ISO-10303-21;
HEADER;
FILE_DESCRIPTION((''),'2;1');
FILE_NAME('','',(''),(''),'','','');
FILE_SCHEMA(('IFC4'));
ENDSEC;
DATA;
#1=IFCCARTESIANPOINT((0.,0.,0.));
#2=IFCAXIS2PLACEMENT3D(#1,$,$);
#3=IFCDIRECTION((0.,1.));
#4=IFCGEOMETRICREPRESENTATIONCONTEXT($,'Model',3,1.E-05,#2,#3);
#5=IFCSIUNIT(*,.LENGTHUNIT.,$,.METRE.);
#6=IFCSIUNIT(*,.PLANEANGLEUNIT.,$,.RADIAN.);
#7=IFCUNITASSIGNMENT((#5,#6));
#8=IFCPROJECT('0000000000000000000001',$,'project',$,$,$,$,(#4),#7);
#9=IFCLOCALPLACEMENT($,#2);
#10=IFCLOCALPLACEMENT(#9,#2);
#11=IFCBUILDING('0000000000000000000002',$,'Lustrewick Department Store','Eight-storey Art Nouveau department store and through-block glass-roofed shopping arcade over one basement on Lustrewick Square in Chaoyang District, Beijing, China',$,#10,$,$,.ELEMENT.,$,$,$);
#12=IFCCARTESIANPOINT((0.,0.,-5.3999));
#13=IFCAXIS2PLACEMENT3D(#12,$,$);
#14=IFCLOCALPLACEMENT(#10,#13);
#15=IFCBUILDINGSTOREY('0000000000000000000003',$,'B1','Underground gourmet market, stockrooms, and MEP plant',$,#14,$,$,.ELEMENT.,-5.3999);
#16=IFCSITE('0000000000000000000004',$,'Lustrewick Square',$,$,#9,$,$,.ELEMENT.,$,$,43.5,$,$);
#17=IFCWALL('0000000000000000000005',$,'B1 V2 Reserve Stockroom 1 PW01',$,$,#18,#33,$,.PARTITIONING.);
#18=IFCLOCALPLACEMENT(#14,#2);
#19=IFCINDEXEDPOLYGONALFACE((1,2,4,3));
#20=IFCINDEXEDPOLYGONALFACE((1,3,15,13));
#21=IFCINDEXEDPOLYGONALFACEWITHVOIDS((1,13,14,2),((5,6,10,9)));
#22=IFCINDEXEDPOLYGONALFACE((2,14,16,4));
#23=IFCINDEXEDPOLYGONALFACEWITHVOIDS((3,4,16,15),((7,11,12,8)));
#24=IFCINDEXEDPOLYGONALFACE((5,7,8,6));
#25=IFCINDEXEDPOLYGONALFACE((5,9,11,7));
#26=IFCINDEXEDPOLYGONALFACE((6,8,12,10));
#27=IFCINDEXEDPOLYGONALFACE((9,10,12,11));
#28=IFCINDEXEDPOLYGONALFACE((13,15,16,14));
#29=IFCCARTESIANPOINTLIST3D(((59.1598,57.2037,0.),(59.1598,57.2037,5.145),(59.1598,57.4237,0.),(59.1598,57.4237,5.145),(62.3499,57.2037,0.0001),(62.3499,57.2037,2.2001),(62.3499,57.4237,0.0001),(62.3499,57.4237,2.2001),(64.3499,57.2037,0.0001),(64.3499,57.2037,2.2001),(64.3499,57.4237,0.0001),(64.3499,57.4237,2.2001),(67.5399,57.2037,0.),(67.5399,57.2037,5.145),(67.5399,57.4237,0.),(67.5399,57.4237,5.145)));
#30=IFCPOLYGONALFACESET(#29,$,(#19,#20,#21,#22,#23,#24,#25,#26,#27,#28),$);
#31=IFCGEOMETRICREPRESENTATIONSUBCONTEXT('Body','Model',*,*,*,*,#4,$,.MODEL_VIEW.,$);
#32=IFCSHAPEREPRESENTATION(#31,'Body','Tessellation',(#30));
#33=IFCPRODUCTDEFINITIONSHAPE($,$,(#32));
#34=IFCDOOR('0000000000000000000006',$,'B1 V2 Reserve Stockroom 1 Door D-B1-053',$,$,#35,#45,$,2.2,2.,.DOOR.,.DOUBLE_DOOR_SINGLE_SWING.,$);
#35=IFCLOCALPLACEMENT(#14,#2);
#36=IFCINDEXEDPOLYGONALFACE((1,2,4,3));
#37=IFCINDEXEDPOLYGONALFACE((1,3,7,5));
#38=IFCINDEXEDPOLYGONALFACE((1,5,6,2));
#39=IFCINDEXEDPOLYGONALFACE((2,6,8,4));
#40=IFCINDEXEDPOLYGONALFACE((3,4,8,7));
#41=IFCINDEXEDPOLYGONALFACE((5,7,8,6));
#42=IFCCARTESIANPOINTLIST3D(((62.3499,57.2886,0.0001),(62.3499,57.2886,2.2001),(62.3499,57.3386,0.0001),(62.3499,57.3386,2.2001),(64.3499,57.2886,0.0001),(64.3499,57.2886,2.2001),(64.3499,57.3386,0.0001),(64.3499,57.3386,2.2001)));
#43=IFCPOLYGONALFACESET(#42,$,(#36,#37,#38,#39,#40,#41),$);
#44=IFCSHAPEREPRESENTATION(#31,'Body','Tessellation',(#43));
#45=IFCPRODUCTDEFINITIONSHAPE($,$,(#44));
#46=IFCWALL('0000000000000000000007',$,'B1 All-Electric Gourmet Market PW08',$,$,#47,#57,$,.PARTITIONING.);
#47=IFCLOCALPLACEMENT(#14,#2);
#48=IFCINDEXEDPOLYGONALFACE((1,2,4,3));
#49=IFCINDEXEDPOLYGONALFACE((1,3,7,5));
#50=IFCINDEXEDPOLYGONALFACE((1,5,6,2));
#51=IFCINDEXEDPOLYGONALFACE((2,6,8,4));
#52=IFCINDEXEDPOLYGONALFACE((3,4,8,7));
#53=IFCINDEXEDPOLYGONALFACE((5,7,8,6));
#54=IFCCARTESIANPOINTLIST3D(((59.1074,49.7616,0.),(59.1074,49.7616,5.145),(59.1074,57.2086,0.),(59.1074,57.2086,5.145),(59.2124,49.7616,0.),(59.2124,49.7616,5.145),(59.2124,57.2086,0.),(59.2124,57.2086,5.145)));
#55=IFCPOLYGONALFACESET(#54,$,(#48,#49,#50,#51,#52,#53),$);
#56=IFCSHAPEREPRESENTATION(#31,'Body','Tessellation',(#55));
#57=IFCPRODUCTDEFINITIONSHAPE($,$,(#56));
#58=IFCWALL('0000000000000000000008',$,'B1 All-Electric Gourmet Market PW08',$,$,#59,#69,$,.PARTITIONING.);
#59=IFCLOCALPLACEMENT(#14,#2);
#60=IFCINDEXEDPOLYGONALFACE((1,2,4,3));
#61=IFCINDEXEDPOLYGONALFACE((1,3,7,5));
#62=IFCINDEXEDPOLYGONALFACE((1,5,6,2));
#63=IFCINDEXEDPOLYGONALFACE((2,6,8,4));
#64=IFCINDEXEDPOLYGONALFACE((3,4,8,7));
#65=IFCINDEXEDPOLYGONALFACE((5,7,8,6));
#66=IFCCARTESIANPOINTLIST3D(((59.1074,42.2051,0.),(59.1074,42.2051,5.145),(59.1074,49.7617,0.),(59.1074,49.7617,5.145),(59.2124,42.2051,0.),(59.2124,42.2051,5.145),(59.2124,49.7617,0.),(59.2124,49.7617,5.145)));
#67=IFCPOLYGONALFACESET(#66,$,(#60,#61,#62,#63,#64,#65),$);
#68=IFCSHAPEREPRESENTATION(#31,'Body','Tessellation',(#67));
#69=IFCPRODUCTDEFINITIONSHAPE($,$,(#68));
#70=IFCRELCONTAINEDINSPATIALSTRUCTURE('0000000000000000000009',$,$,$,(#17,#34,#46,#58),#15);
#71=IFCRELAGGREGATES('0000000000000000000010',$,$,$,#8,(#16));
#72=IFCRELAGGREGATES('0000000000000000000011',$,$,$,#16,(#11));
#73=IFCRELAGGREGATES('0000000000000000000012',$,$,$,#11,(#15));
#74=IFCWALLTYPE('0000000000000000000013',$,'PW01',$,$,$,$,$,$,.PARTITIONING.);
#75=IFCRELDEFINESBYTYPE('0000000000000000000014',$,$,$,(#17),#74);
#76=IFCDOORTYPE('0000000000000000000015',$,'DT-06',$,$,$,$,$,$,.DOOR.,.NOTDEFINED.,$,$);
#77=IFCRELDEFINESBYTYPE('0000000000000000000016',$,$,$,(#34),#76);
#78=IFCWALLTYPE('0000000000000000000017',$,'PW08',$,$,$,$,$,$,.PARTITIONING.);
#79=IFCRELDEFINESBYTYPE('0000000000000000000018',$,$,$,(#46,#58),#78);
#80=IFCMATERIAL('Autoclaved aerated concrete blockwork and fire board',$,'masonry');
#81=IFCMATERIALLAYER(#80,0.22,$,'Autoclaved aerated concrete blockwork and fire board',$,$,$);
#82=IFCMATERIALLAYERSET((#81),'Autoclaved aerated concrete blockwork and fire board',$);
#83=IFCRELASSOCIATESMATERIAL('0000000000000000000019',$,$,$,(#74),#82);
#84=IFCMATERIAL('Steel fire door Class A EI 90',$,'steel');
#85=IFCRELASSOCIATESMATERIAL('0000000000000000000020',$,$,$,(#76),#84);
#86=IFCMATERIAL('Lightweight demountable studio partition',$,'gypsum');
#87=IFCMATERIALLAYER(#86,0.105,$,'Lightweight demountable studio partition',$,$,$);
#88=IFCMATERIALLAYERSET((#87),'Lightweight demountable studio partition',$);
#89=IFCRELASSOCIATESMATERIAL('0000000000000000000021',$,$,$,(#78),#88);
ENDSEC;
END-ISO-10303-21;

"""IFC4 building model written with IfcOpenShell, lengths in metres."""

from ifc_helpers import new_model, si_unit, direction, frame, frame_2d, origin, place, context, subcontext, project, spatial, rectangle, extrude, material, layer, layer_set, type_object, element, fill, save


model = new_model("IFC4")

# Units and contexts
model_context = context("Model", 3, precision=1e-05, world=origin(), true_north=direction((0.0, 1.0)))
body_context = subcontext(model_context, "Body", "Model", "MODEL_VIEW")
ifc_project = project(units=[si_unit("LENGTHUNIT", "METRE"), si_unit("PLANEANGLEUNIT", "RADIAN")], contexts=[model_context])

# Site, building, storey
site_placement = place(None, origin())
site = spatial("IfcSite", under=ifc_project, at=site_placement, Name="Lustrewick Square", CompositionType="ELEMENT", RefElevation=43.5)
building_placement = place(site_placement, origin())
building = spatial("IfcBuilding", under=site, at=building_placement, Name="Lustrewick Department Store", Description="Eight-storey Art Nouveau department store and through-block glass-roofed shopping arcade over one basement on Lustrewick Square in Chaoyang District, Beijing, China", CompositionType="ELEMENT")
storey_placement = place(building_placement, frame((0.0, 0.0, -5.3999)))
storey = spatial("IfcBuildingStorey", under=building, at=storey_placement, Name="B1", Description="Underground gourmet market, stockrooms, and MEP plant", CompositionType="ELEMENT", Elevation=-5.3999)

# Shared definitions
ifc_material_1 = material(Name="Autoclaved aerated concrete blockwork and fire board", Category="masonry")
ifc_layer_1 = layer(ifc_material_1, 0.22, Name="Autoclaved aerated concrete blockwork and fire board")
ifc_layer_set_1 = layer_set([ifc_layer_1], Name="Autoclaved aerated concrete blockwork and fire board")
wall_type_1 = type_object("IfcWallType", Name="PW01", PredefinedType="PARTITIONING", material=ifc_layer_set_1)

# Wall, opening, door
wall_1_placement = place(storey_placement, frame((59.1599, 57.3137, 0.0), z_axis=(0.0, 0.0, 1.0), x_axis=(1.0, 0.0, 0.0)))
wall_1 = element("IfcWall", 1, at=wall_1_placement, inside=storey, type_object=wall_type_1, Name="B1 V2 Reserve Stockroom 1 PW01", PredefinedType="PARTITIONING", context=body_context, shape_type="SweptSolid", body=[
    extrude(rectangle(XDim=8.3801, YDim=0.22, at=frame_2d((4.1899, 0.0))), origin(), (0.0, 0.0, 1.0), 5.145),
])
opening_placement = place(wall_1_placement, frame((3.1899, 0.0, 0.0)))
opening = element("IfcOpeningElement", 2, at=opening_placement, cuts=wall_1, PredefinedType="OPENING", context=body_context, shape_type="SweptSolid", body=[
    extrude(rectangle(XDim=2.0, YDim=2.2, at=frame_2d((1.0, 1.1001))), frame((0.0, 0.1201, 0.0), z_axis=(0.0, -1.0, 0.0), x_axis=(1.0, 0.0, 0.0)), (0.0, 0.0, 1.0), 0.24),
])
ifc_material_2 = material(Name="Steel fire door Class A EI 90", Category="steel")
door_type = type_object("IfcDoorType", Name="DT-06", OperationType="NOTDEFINED", PredefinedType="DOOR", material=ifc_material_2)
door_placement = place(opening_placement, origin())
door = element("IfcDoor", 3, at=door_placement, inside=storey, type_object=door_type, Name="B1 V2 Reserve Stockroom 1 Door D-B1-053", OperationType="DOUBLE_DOOR_SINGLE_SWING", OverallHeight=2.2, OverallWidth=2.0, PredefinedType="DOOR", context=body_context, shape_type="SweptSolid", body=[
    extrude(rectangle(XDim=2.0, YDim=2.2, at=frame_2d((1.0, 1.1001))), frame((0.0, 0.0249, 0.0), z_axis=(0.0, -1.0, 0.0), x_axis=(1.0, 0.0, 0.0)), (0.0, 0.0, 1.0), 0.05),
])
fill(opening, door)

# Walls
ifc_material_3 = material(Name="Lightweight demountable studio partition", Category="gypsum")
ifc_layer_2 = layer(ifc_material_3, 0.105, Name="Lightweight demountable studio partition")
ifc_layer_set_2 = layer_set([ifc_layer_2], Name="Lightweight demountable studio partition")
wall_type_2 = type_object("IfcWallType", Name="PW08", PredefinedType="PARTITIONING", material=ifc_layer_set_2)
wall_2_placement = place(storey_placement, frame((59.1599, 57.2087, 0.0), z_axis=(0.0, 0.0, 1.0), x_axis=(0.0, -1.0, 0.0)))
element("IfcWall", 4, at=wall_2_placement, inside=storey, type_object=wall_type_2, Name="B1 All-Electric Gourmet Market PW08", PredefinedType="PARTITIONING", context=body_context, shape_type="SweptSolid", body=[
    extrude(rectangle(XDim=7.447, YDim=0.105, at=frame_2d((3.7236, 0.0))), origin(), (0.0, 0.0, 1.0), 5.145),
])
wall_3_placement = place(storey_placement, frame((59.1599, 49.7617, 0.0), z_axis=(0.0, 0.0, 1.0), x_axis=(0.0, -1.0, 0.0)))
element("IfcWall", 5, at=wall_3_placement, inside=storey, type_object=wall_type_2, Name="B1 All-Electric Gourmet Market PW08", PredefinedType="PARTITIONING", context=body_context, shape_type="SweptSolid", body=[
    extrude(rectangle(XDim=7.5566, YDim=0.105, at=frame_2d((3.7783, 0.0))), origin(), (0.0, 0.0, 1.0), 5.145),
])

save(model, "model.ifc")
